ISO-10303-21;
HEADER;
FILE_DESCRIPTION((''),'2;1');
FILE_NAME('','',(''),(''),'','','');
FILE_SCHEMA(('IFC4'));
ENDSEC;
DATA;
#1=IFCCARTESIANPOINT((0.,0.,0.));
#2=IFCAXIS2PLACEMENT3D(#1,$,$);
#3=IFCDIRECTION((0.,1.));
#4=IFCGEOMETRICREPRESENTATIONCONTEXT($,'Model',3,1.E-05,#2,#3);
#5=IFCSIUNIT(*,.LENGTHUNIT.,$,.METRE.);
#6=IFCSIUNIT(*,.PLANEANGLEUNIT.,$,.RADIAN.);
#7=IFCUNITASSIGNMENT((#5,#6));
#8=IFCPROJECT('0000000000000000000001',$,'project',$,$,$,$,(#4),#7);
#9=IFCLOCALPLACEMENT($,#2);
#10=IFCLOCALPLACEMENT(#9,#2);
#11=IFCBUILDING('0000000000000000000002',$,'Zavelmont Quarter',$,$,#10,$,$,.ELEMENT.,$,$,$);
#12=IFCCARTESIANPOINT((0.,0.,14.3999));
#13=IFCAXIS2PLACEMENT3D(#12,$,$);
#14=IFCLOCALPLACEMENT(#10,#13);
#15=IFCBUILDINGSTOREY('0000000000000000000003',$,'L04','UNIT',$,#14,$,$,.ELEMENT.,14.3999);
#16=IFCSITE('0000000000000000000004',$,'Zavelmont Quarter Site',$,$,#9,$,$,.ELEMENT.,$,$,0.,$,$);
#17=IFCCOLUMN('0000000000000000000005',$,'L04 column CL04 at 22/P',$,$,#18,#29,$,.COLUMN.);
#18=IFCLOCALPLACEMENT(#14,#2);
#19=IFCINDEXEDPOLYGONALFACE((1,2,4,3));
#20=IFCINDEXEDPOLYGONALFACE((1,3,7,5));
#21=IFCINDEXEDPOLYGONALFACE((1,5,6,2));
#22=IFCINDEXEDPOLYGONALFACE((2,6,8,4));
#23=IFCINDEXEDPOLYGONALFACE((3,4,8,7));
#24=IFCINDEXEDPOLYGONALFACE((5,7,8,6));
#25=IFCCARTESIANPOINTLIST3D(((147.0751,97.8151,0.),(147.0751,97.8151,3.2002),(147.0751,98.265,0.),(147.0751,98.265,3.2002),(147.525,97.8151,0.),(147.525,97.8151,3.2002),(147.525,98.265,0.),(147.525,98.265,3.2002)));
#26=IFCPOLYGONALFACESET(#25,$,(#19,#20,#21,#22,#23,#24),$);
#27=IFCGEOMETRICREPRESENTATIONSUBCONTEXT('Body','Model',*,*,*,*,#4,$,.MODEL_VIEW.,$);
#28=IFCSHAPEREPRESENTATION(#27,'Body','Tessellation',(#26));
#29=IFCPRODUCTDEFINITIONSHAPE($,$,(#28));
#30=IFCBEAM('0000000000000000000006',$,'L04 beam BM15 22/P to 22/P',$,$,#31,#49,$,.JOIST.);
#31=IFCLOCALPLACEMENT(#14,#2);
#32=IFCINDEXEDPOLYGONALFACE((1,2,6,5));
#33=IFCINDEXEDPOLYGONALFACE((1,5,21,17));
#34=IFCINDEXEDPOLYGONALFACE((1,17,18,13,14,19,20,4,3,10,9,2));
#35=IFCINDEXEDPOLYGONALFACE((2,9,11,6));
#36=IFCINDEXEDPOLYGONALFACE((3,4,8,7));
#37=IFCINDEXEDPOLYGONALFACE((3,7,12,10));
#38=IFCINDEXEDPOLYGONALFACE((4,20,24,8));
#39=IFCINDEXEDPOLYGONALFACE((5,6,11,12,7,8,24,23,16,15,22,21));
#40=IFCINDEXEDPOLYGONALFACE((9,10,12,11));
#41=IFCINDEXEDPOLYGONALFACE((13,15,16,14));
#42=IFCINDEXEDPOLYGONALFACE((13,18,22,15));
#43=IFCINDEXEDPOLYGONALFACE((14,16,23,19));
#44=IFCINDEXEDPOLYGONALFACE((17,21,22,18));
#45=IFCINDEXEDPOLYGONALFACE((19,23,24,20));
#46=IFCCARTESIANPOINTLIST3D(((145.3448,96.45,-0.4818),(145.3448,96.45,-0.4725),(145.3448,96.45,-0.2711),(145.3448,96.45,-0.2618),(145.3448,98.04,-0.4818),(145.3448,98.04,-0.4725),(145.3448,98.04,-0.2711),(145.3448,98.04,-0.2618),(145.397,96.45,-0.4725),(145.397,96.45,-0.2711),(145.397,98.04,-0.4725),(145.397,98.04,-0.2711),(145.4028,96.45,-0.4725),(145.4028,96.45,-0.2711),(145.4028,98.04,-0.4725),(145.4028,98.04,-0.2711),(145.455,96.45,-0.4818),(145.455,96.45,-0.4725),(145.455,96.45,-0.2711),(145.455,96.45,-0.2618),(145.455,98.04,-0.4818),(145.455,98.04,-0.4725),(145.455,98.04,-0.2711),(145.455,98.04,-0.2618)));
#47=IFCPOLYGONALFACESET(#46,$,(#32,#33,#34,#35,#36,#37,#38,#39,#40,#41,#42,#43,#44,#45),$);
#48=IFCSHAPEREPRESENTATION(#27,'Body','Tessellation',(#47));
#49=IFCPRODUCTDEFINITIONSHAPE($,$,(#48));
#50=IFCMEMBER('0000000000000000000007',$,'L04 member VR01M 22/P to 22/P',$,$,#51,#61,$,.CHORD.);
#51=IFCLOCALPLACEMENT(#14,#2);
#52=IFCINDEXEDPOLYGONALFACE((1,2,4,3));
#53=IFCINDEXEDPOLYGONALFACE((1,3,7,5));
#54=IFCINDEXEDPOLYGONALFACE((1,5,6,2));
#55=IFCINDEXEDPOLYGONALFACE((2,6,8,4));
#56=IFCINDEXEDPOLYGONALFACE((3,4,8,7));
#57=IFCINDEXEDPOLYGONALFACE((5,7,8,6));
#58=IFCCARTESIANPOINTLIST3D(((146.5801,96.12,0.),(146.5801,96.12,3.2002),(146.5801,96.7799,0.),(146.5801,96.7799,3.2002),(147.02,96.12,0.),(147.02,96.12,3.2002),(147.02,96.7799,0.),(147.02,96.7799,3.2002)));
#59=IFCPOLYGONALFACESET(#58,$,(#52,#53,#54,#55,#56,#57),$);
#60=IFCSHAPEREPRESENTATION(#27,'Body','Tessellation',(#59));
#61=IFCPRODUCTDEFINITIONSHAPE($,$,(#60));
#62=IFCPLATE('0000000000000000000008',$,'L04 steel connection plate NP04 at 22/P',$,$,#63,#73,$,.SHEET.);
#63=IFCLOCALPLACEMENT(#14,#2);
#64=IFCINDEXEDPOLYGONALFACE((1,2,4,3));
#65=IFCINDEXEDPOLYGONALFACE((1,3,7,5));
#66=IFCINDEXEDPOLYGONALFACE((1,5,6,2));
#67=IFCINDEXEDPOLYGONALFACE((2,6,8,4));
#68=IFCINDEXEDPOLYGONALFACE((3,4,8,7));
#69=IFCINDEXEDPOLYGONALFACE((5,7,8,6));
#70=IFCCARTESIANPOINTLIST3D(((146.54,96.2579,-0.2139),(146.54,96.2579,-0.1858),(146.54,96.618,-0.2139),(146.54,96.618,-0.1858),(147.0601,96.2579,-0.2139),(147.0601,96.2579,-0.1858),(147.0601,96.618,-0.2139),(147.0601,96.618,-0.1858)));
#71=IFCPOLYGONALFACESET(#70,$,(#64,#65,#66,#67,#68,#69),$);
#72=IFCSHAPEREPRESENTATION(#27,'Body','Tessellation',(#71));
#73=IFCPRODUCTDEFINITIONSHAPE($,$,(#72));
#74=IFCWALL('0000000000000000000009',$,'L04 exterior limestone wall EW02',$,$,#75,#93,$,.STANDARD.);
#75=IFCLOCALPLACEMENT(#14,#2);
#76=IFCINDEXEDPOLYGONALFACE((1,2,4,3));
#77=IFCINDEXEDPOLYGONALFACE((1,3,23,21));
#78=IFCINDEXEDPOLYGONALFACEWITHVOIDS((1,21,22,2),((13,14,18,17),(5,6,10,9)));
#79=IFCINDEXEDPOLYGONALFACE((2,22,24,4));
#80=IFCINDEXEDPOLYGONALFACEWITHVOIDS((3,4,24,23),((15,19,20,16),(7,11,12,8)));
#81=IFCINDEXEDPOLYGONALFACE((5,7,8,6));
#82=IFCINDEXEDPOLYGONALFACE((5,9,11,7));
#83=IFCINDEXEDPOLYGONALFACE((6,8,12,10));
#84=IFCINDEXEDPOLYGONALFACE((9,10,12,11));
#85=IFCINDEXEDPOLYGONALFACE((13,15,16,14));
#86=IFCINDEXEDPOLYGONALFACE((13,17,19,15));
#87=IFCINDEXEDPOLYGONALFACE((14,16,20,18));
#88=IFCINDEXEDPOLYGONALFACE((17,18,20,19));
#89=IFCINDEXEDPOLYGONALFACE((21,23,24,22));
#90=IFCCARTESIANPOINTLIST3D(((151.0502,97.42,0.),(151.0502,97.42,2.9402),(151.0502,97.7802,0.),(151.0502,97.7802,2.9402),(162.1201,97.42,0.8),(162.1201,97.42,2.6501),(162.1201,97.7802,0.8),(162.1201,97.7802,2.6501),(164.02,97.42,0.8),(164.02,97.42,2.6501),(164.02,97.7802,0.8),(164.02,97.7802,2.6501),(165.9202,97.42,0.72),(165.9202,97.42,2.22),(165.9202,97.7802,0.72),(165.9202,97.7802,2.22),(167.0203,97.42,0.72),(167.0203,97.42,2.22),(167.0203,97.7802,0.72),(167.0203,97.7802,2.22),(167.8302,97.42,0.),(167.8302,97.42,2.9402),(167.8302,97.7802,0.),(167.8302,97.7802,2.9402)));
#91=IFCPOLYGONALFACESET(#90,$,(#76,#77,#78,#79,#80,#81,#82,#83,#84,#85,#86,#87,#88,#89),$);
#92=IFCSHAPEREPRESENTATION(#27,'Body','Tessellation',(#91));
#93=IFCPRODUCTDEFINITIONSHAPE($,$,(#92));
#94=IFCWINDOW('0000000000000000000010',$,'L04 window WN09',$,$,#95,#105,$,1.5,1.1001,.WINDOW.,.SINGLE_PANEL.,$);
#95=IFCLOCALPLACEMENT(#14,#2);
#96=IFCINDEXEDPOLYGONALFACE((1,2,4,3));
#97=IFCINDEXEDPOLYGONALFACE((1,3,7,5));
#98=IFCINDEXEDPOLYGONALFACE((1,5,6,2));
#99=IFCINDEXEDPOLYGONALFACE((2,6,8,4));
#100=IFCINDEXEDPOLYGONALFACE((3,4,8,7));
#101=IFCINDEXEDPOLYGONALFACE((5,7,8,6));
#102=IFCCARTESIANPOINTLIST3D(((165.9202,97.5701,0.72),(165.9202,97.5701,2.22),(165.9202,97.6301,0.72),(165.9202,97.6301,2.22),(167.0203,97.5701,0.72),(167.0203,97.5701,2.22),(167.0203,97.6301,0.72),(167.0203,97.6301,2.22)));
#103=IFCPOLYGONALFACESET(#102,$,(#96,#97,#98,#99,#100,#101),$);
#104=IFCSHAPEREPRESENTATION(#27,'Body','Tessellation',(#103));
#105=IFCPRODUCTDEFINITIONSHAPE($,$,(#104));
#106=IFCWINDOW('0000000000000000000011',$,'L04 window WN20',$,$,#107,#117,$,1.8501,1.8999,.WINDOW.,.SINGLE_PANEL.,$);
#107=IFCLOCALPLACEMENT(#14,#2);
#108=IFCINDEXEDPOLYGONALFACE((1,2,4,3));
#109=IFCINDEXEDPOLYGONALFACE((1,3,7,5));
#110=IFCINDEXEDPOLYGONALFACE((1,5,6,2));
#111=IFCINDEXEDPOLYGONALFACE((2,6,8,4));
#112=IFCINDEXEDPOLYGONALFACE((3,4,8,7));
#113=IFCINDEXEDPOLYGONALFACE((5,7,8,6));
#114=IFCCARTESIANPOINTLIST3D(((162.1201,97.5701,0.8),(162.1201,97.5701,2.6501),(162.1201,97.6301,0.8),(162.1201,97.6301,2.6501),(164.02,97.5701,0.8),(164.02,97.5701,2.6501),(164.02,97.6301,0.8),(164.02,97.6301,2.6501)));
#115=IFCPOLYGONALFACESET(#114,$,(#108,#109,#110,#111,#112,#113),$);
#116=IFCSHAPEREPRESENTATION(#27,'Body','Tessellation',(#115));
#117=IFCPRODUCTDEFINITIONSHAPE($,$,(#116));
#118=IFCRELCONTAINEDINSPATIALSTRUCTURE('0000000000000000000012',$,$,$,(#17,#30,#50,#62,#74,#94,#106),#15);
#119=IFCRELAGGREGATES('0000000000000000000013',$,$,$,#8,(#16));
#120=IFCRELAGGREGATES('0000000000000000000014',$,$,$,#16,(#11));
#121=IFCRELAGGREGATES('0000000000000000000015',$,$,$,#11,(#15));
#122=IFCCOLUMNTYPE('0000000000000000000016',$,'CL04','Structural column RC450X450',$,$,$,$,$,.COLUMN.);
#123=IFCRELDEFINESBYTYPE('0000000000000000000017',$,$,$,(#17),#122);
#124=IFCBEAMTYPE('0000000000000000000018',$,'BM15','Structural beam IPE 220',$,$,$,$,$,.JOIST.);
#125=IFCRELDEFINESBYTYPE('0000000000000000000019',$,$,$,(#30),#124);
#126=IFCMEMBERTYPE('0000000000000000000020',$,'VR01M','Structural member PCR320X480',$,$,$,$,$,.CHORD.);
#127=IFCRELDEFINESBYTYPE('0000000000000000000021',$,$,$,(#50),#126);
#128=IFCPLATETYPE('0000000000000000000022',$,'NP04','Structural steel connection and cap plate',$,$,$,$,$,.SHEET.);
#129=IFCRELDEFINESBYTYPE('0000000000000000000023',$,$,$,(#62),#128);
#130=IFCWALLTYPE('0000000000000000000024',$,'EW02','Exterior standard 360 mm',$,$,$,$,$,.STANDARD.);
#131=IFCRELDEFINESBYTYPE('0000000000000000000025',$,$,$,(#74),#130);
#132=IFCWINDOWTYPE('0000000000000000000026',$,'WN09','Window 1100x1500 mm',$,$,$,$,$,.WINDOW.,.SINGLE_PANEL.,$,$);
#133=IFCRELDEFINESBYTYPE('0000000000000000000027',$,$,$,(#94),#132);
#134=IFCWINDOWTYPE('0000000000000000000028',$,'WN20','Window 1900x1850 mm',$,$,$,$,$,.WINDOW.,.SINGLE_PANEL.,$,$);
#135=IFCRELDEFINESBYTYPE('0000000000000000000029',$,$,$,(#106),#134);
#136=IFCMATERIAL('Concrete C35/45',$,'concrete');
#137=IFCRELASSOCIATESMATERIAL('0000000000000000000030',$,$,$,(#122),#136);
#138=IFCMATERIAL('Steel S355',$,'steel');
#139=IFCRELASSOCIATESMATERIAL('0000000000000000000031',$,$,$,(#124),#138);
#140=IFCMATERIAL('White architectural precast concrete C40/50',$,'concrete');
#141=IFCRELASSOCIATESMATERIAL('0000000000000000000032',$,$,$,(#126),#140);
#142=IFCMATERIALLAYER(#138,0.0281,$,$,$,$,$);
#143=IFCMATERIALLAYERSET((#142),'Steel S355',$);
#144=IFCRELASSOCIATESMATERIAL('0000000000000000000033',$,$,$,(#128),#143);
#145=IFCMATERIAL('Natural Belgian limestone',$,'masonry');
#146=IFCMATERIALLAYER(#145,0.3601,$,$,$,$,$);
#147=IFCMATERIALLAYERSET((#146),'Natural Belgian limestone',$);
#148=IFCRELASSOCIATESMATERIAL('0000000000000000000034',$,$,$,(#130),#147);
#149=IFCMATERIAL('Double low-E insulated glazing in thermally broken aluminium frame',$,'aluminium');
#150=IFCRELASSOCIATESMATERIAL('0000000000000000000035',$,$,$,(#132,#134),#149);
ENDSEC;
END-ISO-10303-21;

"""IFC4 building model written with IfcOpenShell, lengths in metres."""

from ifc_helpers import new_model, si_unit, direction, frame, frame_2d, origin, origin_with_axes, origin_2d, place, context, subcontext, project, spatial, rectangle, i_section, extrude, material, layer, layer_set, material_profile, profile_set, type_object, element, fill, save


model = new_model("IFC4")

# Units and contexts
model_context = context("Model", 3, precision=1e-05, world=origin(), true_north=direction((0.0, 1.0)))
body_context = subcontext(model_context, "Body", "Model", "MODEL_VIEW")
ifc_project = project(units=[si_unit("LENGTHUNIT", "METRE"), si_unit("PLANEANGLEUNIT", "RADIAN")], contexts=[model_context])

# Site, building, storey
site_placement = place(None, origin())
site = spatial("IfcSite", under=ifc_project, at=site_placement, Name="Zavelmont Quarter Site", CompositionType="ELEMENT", RefElevation=0.0)
building_placement = place(site_placement, origin())
building = spatial("IfcBuilding", under=site, at=building_placement, Name="Zavelmont Quarter", CompositionType="ELEMENT")
storey_placement = place(building_placement, frame((0.0, 0.0, 14.3999)))
storey = spatial("IfcBuildingStorey", under=building, at=storey_placement, Name="L04", Description="UNIT", CompositionType="ELEMENT", Elevation=14.3999)

# Column
ifc_material_1 = material(Name="Concrete C35/45", Category="concrete")
ifc_material_profile_1 = material_profile(ifc_material_1, rectangle(XDim=0.45, YDim=0.45, at=origin_2d()), Name="RC450X450")
ifc_profile_set_1 = profile_set([ifc_material_profile_1], Name="Concrete C35/45")
column_type = type_object("IfcColumnType", Name="CL04", Description="Structural column RC450X450", PredefinedType="COLUMN", material=ifc_profile_set_1)
column_placement = place(storey_placement, frame((147.3, 98.04, 0.0), z_axis=(0.0, 0.0, 1.0), x_axis=(1.0, 0.0, 0.0)))
element("IfcColumn", 1, at=column_placement, inside=storey, type_object=column_type, Name="L04 column CL04 at 22/P", PredefinedType="COLUMN", context=body_context, shape_type="SweptSolid", body=[
    extrude(rectangle(XDim=0.45, YDim=0.45, at=origin_2d()), origin(), (0.0, 0.0, 1.0), 3.2002),
])

# Beam
ifc_material_2 = material(Name="Steel S355", Category="steel")
ifc_material_profile_2 = material_profile(ifc_material_2, i_section(OverallWidth=0.1101, OverallDepth=0.22, WebThickness=0.0059, FlangeThickness=0.0093, at=origin_2d()), Name="IPE 220")
ifc_profile_set_2 = profile_set([ifc_material_profile_2], Name="Steel S355")
beam_type = type_object("IfcBeamType", Name="BM15", Description="Structural beam IPE 220", PredefinedType="JOIST", material=ifc_profile_set_2)
beam_placement = place(storey_placement, frame((145.3999, 98.04, -0.3718), z_axis=(0.0, -1.0, 0.0), x_axis=(1.0, 0.0, 0.0)))
element("IfcBeam", 2, at=beam_placement, inside=storey, type_object=beam_type, Name="L04 beam BM15 22/P to 22/P", PredefinedType="JOIST", context=body_context, shape_type="SweptSolid", body=[
    extrude(i_section(OverallWidth=0.1101, OverallDepth=0.22, WebThickness=0.0059, FlangeThickness=0.0093, at=origin_2d()), origin(), (0.0, 0.0, 1.0), 1.5901),
])

# Member
ifc_material_3 = material(Name="White architectural precast concrete C40/50", Category="concrete")
ifc_material_profile_3 = material_profile(ifc_material_3, rectangle(XDim=0.4399, YDim=0.6599, at=origin_2d()), Name="PCR320X480")
ifc_profile_set_3 = profile_set([ifc_material_profile_3], Name="White architectural precast concrete C40/50")
member_type = type_object("IfcMemberType", Name="VR01M", Description="Structural member PCR320X480", PredefinedType="CHORD", material=ifc_profile_set_3)
member_placement = place(storey_placement, frame((146.8, 96.45, 0.0), z_axis=(0.0, 0.0, 1.0), x_axis=(1.0, 0.0, 0.0)))
element("IfcMember", 3, at=member_placement, inside=storey, type_object=member_type, Name="L04 member VR01M 22/P to 22/P", PredefinedType="CHORD", context=body_context, shape_type="SweptSolid", body=[
    extrude(rectangle(XDim=0.4399, YDim=0.6599, at=origin_2d()), origin(), (0.0, 0.0, 1.0), 3.2002),
])

# Plate
ifc_layer_1 = layer(ifc_material_2, 0.0281)
ifc_layer_set_1 = layer_set([ifc_layer_1], Name="Steel S355")
plate_type = type_object("IfcPlateType", Name="NP04", Description="Structural steel connection and cap plate", PredefinedType="SHEET", material=ifc_layer_set_1)
plate_placement = place(storey_placement, frame((146.8, 96.438, -0.2139), z_axis=(0.0, 0.0, 1.0), x_axis=(1.0, 0.0, 0.0)))
element("IfcPlate", 4, at=plate_placement, inside=storey, type_object=plate_type, Name="L04 steel connection plate NP04 at 22/P", PredefinedType="SHEET", context=body_context, shape_type="SweptSolid", body=[
    extrude(rectangle(XDim=0.52, YDim=0.3601, at=origin_2d()), origin(), (0.0, 0.0, 1.0), 0.0281),
])

# Wall, openings, windows
ifc_material_4 = material(Name="Natural Belgian limestone", Category="masonry")
ifc_layer_2 = layer(ifc_material_4, 0.3601)
ifc_layer_set_2 = layer_set([ifc_layer_2], Name="Natural Belgian limestone")
wall_type_1 = type_object("IfcWallType", Name="EW02", Description="Exterior standard 360 mm", PredefinedType="STANDARD", material=ifc_layer_set_2)
wall_1_placement = place(storey_placement, frame((151.05, 97.6001, 0.0), z_axis=(0.0, 0.0, 1.0), x_axis=(1.0, 0.0, 0.0)))
wall_1 = element("IfcWall", 5, at=wall_1_placement, inside=storey, type_object=wall_type_1, Name="L04 exterior limestone wall EW02", PredefinedType="STANDARD", context=body_context, shape_type="SweptSolid", body=[
    extrude(rectangle(XDim=16.78, YDim=0.3601, at=frame_2d((8.3901, 0.0))), origin(), (0.0, 0.0, 1.0), 2.9402),
])
opening_1_placement = place(wall_1_placement, frame((11.0701, 0.0, 0.8)))
opening_1 = element("IfcOpeningElement", 6, at=opening_1_placement, cuts=wall_1, PredefinedType="OPENING", context=body_context, shape_type="SweptSolid", body=[
    extrude(rectangle(XDim=1.8999, YDim=1.8501, at=frame_2d((0.95, 0.925))), frame((0.0, 0.1919, 0.0), z_axis=(0.0, -1.0, 0.0), x_axis=(1.0, 0.0, 0.0)), (0.0, 0.0, 1.0), 0.384),
])
opening_2_placement = place(wall_1_placement, frame((14.8701, 0.0, 0.72)))
opening_2 = element("IfcOpeningElement", 7, at=opening_2_placement, cuts=wall_1, PredefinedType="OPENING", context=body_context, shape_type="SweptSolid", body=[
    extrude(rectangle(XDim=1.1001, YDim=1.5, at=frame_2d((0.55, 0.75))), frame((0.0, 0.1919, 0.0), z_axis=(0.0, -1.0, 0.0), x_axis=(1.0, 0.0, 0.0)), (0.0, 0.0, 1.0), 0.384),
])
ifc_material_5 = material(Name="Double low-E insulated glazing in thermally broken aluminium frame", Category="aluminium")
window_type_1 = type_object("IfcWindowType", Name="WN09", Description="Window 1100x1500 mm", PartitioningType="SINGLE_PANEL", PredefinedType="WINDOW", material=ifc_material_5)
window_1_placement = place(opening_2_placement, origin_with_axes())
window_1 = element("IfcWindow", 8, at=window_1_placement, inside=storey, type_object=window_type_1, Name="L04 window WN09", OverallHeight=1.5, OverallWidth=1.1001, PartitioningType="SINGLE_PANEL", PredefinedType="WINDOW", context=body_context, shape_type="SweptSolid", body=[
    extrude(rectangle(XDim=1.1001, YDim=1.5, at=frame_2d((0.55, 0.75))), frame((0.0, 0.03, 0.0), z_axis=(0.0, -1.0, 0.0), x_axis=(1.0, 0.0, 0.0)), (0.0, 0.0, 1.0), 0.0601),
])
fill(opening_2, window_1)
window_type_2 = type_object("IfcWindowType", Name="WN20", Description="Window 1900x1850 mm", PartitioningType="SINGLE_PANEL", PredefinedType="WINDOW", material=ifc_material_5)
window_2_placement = place(opening_1_placement, origin_with_axes())
window_2 = element("IfcWindow", 9, at=window_2_placement, inside=storey, type_object=window_type_2, Name="L04 window WN20", OverallHeight=1.8501, OverallWidth=1.8999, PartitioningType="SINGLE_PANEL", PredefinedType="WINDOW", context=body_context, shape_type="SweptSolid", body=[
    extrude(rectangle(XDim=1.8999, YDim=1.8501, at=frame_2d((0.95, 0.925))), frame((0.0, 0.03, 0.0), z_axis=(0.0, -1.0, 0.0), x_axis=(1.0, 0.0, 0.0)), (0.0, 0.0, 1.0), 0.0601),
])
fill(opening_1, window_2)

save(model, "model.ifc")
